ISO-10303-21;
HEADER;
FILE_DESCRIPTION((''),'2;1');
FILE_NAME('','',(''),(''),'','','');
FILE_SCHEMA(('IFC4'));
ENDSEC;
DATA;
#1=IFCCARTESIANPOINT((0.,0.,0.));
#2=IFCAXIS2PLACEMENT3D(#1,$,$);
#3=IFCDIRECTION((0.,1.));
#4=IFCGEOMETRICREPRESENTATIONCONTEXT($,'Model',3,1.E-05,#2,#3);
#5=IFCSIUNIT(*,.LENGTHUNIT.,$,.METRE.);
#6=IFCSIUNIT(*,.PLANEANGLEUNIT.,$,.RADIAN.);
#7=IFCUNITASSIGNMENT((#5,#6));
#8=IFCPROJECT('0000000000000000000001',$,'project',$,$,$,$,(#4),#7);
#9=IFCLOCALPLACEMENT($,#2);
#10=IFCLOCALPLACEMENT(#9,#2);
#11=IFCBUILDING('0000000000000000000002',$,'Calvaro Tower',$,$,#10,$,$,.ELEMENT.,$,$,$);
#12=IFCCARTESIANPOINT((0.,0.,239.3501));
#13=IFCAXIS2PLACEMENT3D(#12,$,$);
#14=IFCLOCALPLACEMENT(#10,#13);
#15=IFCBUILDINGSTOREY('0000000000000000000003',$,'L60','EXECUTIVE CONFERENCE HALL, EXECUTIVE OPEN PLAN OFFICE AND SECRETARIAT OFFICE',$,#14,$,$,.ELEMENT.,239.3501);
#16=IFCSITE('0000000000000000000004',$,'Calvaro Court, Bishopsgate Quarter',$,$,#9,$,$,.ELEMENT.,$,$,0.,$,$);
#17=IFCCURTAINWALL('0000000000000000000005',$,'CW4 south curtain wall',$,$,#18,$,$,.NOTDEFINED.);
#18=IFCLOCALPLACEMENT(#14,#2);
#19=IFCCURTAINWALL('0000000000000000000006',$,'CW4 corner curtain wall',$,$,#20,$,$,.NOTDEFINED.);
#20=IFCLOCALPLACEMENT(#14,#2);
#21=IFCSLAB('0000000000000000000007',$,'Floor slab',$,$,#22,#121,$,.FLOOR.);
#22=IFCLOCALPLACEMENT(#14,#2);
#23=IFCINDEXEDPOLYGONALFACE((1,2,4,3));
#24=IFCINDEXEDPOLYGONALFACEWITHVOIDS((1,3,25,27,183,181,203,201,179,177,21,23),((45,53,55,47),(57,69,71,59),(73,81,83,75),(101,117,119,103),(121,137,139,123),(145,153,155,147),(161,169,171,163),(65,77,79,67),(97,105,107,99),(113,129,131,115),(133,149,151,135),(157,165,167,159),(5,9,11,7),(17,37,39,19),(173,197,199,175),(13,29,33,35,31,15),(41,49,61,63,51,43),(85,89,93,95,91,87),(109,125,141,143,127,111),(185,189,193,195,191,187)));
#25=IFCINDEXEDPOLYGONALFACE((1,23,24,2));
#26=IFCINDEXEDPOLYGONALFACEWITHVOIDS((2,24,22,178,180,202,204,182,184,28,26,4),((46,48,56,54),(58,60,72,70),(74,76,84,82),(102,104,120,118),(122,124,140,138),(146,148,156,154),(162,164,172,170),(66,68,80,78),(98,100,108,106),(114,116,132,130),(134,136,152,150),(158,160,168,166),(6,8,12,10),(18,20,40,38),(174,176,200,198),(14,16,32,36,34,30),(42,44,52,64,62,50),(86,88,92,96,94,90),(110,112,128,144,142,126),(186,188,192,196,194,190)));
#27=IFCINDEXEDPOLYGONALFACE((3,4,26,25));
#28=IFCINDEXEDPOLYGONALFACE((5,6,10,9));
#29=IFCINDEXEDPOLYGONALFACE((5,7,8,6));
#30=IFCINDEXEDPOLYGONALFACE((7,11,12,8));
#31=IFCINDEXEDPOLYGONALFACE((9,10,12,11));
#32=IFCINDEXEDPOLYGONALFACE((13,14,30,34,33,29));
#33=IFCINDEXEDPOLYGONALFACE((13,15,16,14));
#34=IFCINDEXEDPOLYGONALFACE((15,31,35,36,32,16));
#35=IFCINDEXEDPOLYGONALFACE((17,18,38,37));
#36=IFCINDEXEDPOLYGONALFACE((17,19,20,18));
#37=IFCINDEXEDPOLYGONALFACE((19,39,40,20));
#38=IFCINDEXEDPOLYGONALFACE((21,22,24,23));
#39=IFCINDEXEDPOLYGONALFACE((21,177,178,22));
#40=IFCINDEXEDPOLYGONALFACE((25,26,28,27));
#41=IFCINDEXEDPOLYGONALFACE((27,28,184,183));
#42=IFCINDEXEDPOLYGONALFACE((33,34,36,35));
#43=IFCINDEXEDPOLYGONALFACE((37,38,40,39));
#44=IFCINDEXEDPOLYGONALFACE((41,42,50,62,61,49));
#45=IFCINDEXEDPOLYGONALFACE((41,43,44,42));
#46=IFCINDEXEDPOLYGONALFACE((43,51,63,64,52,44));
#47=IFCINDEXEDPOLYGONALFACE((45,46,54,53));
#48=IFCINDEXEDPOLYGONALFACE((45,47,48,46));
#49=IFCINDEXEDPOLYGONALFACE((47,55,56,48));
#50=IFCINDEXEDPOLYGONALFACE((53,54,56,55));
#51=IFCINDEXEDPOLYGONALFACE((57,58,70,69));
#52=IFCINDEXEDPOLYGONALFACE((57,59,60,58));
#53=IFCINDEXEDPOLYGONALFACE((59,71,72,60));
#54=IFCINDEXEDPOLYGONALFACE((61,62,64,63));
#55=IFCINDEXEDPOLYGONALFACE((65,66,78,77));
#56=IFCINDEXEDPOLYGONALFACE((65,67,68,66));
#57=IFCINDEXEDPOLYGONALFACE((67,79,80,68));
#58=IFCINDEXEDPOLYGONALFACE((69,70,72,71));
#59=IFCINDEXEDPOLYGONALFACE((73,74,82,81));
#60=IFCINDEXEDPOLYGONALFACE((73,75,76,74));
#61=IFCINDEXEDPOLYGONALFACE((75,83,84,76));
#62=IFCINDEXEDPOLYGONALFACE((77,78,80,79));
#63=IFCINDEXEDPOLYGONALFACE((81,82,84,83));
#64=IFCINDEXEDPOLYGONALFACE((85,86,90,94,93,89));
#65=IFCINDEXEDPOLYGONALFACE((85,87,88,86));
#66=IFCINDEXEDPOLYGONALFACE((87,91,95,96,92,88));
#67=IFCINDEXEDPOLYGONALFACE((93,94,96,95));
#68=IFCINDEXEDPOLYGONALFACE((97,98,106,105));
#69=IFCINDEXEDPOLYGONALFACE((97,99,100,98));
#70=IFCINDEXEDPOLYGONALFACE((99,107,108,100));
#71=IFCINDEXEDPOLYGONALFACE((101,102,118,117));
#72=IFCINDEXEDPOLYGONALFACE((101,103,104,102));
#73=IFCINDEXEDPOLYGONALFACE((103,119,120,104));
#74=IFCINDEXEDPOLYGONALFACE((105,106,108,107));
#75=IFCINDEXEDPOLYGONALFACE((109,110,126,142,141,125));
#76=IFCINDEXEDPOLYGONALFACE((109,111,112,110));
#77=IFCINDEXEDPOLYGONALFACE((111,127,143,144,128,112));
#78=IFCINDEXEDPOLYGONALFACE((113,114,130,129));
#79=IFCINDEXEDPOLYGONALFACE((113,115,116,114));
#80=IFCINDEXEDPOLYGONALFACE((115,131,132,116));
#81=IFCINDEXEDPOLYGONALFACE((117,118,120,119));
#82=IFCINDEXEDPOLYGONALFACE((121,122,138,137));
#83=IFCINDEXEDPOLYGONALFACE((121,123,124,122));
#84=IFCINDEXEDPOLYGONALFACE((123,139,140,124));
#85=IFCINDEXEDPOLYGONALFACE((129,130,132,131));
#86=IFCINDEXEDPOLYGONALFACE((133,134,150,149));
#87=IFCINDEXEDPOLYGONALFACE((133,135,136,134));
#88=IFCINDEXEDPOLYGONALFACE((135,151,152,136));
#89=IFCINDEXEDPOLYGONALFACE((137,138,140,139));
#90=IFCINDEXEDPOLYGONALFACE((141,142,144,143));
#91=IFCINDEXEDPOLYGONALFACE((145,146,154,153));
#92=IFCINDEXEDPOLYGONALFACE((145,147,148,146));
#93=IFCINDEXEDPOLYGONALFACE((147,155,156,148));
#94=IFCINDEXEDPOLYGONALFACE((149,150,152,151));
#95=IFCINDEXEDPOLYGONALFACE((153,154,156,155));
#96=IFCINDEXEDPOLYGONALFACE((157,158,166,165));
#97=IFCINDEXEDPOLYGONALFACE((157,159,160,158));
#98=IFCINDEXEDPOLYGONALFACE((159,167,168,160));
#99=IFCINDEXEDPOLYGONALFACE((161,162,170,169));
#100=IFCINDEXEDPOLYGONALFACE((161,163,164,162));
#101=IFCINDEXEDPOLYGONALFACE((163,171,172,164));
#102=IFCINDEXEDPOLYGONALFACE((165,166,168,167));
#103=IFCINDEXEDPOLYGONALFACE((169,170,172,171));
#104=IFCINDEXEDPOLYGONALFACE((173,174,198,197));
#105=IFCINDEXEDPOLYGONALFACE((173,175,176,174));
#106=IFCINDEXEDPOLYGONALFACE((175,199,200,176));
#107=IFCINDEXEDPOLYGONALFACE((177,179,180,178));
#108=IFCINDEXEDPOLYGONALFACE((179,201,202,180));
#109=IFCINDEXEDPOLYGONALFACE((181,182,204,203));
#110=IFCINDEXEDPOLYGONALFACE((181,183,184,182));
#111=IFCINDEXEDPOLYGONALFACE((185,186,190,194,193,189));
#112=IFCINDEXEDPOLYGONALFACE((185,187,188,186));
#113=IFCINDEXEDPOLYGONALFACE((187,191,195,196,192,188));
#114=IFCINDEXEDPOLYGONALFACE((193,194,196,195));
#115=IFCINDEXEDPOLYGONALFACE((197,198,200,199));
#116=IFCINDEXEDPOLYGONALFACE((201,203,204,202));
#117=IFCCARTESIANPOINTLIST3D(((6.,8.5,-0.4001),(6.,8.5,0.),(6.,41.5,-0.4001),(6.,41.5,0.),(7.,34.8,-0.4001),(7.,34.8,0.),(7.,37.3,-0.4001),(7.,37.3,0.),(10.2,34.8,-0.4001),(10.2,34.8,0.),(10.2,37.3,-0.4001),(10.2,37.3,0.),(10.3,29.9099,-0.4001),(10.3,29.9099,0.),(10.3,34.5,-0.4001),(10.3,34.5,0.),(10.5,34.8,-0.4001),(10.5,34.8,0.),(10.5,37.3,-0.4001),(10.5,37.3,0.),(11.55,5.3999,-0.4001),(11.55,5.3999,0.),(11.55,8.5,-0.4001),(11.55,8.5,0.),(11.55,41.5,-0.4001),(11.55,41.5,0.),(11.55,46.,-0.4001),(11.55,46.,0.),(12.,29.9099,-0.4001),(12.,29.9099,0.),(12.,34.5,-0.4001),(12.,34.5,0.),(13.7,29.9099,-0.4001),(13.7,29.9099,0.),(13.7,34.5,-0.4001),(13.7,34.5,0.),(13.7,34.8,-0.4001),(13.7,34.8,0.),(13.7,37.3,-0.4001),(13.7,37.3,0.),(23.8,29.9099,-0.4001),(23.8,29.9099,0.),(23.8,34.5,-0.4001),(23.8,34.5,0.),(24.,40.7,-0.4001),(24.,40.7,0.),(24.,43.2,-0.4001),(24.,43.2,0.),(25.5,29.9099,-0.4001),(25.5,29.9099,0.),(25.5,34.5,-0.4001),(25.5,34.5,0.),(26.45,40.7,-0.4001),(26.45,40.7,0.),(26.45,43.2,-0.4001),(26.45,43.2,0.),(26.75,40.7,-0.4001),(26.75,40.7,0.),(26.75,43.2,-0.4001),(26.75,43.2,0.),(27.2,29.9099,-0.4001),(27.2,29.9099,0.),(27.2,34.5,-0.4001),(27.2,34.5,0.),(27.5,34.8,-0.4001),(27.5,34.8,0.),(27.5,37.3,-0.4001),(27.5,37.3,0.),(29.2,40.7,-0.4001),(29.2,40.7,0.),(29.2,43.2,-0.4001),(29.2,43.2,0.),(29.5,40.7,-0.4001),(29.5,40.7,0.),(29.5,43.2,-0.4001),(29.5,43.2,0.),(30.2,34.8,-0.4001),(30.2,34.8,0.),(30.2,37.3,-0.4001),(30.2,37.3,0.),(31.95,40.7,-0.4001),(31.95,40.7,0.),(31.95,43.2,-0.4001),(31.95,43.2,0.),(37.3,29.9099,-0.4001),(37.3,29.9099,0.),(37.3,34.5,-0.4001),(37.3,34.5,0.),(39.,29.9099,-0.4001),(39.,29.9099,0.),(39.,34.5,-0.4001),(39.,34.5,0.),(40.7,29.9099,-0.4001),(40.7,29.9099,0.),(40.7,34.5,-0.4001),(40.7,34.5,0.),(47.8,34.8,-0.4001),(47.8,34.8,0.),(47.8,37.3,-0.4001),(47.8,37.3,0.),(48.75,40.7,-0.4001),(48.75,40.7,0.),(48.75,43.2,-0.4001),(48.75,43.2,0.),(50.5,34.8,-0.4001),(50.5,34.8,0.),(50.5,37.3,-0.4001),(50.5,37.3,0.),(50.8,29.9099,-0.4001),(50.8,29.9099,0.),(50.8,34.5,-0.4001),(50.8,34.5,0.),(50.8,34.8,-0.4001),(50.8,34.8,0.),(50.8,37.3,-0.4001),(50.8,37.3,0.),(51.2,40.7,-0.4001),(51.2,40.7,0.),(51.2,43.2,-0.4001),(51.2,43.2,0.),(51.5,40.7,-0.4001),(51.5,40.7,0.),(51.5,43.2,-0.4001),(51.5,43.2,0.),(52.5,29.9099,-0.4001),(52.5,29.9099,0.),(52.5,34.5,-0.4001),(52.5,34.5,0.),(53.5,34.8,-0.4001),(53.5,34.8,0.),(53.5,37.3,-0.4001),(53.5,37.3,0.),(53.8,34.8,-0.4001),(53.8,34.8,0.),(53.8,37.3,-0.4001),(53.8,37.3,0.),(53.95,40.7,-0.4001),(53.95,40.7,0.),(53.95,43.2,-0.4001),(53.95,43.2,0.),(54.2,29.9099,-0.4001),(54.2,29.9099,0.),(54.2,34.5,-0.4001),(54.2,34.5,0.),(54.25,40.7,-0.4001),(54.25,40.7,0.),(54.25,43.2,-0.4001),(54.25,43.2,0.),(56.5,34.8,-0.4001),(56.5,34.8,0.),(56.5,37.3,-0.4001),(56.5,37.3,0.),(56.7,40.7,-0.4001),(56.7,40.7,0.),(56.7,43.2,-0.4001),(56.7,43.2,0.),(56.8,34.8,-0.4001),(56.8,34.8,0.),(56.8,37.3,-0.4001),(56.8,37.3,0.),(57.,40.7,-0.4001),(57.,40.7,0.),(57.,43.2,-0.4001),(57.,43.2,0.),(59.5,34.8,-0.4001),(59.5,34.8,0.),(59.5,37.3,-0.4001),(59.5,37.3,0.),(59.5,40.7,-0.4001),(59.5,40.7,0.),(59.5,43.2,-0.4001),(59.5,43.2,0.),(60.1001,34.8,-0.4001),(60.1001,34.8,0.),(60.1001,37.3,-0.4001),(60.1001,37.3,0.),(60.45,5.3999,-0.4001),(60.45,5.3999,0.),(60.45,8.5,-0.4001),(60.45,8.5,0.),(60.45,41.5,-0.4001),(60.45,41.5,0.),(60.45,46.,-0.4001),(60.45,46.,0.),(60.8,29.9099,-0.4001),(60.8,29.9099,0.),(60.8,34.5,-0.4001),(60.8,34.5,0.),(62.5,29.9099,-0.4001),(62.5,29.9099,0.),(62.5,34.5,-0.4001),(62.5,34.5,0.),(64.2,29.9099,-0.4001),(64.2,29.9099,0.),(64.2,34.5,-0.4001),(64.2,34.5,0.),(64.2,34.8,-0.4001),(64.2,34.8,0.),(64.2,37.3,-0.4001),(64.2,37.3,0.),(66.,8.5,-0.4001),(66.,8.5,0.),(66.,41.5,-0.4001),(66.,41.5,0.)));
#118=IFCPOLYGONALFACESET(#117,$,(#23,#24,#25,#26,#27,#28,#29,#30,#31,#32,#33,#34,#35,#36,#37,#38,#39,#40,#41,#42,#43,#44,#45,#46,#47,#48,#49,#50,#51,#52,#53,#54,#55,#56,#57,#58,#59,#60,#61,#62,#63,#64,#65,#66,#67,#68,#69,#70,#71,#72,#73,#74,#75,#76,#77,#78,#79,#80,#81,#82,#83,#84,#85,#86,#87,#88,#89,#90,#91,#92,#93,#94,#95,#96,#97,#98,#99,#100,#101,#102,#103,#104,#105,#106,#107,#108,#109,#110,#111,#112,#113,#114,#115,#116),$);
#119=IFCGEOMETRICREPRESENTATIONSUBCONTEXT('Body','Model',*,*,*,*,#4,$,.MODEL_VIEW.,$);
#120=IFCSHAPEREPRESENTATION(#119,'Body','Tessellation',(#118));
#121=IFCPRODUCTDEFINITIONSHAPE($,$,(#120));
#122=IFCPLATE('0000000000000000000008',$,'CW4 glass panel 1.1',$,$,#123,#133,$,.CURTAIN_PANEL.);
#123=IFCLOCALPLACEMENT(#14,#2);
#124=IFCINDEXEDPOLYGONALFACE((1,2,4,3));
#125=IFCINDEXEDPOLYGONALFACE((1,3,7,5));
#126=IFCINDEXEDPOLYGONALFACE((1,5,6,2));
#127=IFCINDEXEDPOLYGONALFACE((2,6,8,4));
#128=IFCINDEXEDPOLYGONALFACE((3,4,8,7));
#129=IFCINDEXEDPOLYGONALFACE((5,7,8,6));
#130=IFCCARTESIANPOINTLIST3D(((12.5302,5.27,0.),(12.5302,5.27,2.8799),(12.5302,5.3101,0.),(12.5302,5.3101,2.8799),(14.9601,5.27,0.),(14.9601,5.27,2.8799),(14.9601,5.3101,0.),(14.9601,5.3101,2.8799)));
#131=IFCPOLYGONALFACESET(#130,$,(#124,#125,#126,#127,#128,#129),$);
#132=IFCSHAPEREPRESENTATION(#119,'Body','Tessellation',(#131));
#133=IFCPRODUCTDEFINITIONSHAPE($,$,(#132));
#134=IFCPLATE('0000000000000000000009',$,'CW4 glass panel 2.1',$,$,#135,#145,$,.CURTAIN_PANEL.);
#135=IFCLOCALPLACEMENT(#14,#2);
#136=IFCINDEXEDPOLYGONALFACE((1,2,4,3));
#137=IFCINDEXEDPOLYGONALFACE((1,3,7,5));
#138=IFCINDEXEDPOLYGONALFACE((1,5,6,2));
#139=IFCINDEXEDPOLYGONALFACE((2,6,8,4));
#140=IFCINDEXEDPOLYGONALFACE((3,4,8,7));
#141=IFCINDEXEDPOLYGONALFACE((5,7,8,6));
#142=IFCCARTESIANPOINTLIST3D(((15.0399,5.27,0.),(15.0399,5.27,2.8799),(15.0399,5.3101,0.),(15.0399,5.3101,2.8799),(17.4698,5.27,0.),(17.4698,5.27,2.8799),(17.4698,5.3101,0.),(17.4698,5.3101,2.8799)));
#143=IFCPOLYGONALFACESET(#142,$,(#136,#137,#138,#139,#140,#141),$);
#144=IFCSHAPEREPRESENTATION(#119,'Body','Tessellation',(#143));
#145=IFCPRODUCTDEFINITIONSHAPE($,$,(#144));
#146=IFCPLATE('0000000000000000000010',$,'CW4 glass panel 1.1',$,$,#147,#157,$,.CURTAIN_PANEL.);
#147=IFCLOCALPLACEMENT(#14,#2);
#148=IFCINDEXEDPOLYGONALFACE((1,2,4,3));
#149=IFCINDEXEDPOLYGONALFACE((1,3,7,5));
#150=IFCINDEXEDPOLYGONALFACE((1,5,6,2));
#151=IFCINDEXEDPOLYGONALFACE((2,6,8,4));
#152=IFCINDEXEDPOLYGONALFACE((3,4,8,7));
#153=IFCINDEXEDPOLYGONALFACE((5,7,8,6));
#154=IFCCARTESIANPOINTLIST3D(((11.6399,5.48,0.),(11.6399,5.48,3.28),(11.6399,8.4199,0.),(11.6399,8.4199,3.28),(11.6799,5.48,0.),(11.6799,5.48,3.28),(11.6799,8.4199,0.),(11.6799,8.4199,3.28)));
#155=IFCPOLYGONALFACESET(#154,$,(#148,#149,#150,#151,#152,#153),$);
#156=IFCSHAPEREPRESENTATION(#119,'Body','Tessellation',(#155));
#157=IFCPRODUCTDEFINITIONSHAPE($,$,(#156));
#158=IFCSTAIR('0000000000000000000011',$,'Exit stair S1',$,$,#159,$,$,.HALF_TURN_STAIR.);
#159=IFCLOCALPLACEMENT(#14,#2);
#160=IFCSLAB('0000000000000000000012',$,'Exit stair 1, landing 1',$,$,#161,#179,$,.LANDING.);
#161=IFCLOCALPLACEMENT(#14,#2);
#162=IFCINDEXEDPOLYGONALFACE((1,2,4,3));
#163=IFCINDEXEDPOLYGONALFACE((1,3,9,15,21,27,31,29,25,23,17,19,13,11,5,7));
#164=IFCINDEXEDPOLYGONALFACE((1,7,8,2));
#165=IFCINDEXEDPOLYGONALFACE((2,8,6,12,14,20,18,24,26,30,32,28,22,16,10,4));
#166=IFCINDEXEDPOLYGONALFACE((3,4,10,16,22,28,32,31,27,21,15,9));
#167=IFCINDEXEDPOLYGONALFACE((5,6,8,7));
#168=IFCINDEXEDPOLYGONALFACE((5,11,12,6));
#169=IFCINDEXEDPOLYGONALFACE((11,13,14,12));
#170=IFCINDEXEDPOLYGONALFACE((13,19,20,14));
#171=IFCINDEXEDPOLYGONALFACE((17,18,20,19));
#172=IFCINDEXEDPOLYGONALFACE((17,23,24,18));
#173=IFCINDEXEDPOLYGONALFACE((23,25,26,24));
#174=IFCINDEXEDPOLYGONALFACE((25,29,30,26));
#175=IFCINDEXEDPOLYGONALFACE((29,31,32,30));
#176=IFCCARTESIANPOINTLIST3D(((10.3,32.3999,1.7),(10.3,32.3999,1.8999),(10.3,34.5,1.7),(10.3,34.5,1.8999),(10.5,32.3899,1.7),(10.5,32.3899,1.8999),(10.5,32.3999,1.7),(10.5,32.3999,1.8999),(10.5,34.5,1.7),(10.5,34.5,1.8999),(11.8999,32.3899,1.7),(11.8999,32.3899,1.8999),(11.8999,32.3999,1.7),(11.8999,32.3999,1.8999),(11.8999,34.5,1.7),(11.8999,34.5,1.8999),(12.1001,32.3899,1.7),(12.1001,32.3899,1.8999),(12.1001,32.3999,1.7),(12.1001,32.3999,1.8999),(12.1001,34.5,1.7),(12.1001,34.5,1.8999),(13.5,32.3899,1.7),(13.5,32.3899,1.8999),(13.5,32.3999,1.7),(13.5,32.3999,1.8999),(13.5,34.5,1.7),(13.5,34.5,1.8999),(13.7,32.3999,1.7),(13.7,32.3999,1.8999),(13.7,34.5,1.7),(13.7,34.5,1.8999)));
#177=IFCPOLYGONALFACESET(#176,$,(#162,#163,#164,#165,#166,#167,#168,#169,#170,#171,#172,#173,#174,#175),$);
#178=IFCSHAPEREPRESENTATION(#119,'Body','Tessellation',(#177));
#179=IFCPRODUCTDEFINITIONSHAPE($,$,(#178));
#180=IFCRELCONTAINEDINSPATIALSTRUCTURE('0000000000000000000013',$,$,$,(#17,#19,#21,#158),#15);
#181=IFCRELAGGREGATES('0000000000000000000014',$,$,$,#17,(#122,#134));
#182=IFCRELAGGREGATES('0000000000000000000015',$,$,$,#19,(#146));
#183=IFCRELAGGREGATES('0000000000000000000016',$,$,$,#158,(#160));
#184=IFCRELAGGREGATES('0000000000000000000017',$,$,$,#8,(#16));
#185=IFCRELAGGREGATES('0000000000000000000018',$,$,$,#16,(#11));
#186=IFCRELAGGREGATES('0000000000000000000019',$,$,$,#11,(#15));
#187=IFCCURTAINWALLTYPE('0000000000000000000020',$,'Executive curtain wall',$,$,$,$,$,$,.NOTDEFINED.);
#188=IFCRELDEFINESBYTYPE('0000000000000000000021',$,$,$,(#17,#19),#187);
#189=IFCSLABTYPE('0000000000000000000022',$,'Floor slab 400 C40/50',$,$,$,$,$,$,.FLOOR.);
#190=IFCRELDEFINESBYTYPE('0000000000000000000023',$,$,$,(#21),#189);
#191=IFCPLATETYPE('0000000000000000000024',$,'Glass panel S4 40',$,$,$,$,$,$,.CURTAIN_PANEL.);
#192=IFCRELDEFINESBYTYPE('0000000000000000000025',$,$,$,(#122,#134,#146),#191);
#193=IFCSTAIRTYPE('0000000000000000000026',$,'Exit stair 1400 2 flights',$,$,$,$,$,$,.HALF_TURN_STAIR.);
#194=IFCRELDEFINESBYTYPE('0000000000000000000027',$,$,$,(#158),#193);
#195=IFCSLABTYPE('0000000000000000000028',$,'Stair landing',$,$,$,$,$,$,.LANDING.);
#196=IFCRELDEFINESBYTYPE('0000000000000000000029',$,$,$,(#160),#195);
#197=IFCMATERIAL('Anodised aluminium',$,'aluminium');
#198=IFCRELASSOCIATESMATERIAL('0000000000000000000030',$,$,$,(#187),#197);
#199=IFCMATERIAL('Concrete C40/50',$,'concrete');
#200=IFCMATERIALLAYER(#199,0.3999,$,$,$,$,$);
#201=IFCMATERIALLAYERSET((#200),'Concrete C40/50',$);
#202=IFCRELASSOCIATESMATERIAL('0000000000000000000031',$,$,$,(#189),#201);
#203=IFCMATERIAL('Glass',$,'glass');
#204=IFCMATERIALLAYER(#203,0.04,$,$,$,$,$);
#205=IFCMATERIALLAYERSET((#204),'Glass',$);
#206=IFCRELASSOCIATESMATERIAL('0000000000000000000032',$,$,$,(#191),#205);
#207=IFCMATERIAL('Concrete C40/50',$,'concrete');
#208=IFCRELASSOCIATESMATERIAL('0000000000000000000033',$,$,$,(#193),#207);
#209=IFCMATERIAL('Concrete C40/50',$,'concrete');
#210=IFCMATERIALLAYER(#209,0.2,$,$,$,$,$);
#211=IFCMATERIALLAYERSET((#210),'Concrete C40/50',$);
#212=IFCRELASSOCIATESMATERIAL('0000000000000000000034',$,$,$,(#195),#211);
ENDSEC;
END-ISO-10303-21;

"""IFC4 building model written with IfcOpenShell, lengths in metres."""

from ifc_helpers import new_model, si_unit, direction, frame, origin, origin_2d, place, context, subcontext, project, spatial, polyline, rectangle, outline, extrude, material, layer, layer_set, type_object, element, aggregate, save


model = new_model("IFC4")

# Units and contexts
model_context = context("Model", 3, precision=1e-05, world=origin(), true_north=direction((0.0, 1.0)))
body_context = subcontext(model_context, "Body", "Model", "MODEL_VIEW")
ifc_project = project(units=[si_unit("LENGTHUNIT", "METRE"), si_unit("PLANEANGLEUNIT", "RADIAN")], contexts=[model_context])

# Site, building, storey
site_placement = place(None, origin())
site = spatial("IfcSite", under=ifc_project, at=site_placement, Name="Calvaro Court, Bishopsgate Quarter", CompositionType="ELEMENT", RefElevation=0.0)
building_placement = place(site_placement, origin())
building = spatial("IfcBuilding", under=site, at=building_placement, Name="Calvaro Tower", CompositionType="ELEMENT")
storey_placement = place(building_placement, frame((0.0, 0.0, 239.3501)))
storey = spatial("IfcBuildingStorey", under=building, at=storey_placement, Name="L60", Description="EXECUTIVE CONFERENCE HALL, EXECUTIVE OPEN PLAN OFFICE AND SECRETARIAT OFFICE", CompositionType="ELEMENT", Elevation=239.3501)

# Curtain walls
ifc_material_1 = material(Name="Anodised aluminium", Category="aluminium")
curtain_wall_type = type_object("IfcCurtainWallType", Name="Executive curtain wall", PredefinedType="NOTDEFINED", material=ifc_material_1)
curtain_wall_1_placement = place(storey_placement, origin())
curtain_wall_1 = element("IfcCurtainWall", 1, at=curtain_wall_1_placement, inside=storey, type_object=curtain_wall_type, Name="CW4 south curtain wall", PredefinedType="NOTDEFINED")
curtain_wall_2_placement = place(storey_placement, origin())
curtain_wall_2 = element("IfcCurtainWall", 2, at=curtain_wall_2_placement, inside=storey, type_object=curtain_wall_type, Name="CW4 corner curtain wall", PredefinedType="NOTDEFINED")

# Slab
ifc_material_2 = material(Name="Concrete C40/50", Category="concrete")
ifc_layer_1 = layer(ifc_material_2, 0.3999)
ifc_layer_set_1 = layer_set([ifc_layer_1], Name="Concrete C40/50")
slab_type_1 = type_object("IfcSlabType", Name="Floor slab 400 C40/50", PredefinedType="FLOOR", material=ifc_layer_set_1)
slab_1_placement = place(storey_placement, frame((0.0, 0.0, -0.4001)))
element("IfcSlab", 3, at=slab_1_placement, inside=storey, type_object=slab_type_1, Name="Floor slab", PredefinedType="FLOOR", context=body_context, shape_type="SweptSolid", body=[
    extrude(outline(polyline([(60.45, 8.5), (60.45, 5.3999), (11.55, 5.3999), (11.55, 8.5), (6.0, 8.5), (6.0, 41.5), (11.55, 41.5), (11.55, 46.0), (60.45, 46.0), (60.45, 41.5), (66.0, 41.5), (66.0, 8.5), (60.45, 8.5)]), holes=[polyline([(10.3, 29.9099), (10.3, 34.5), (12.0, 34.5), (13.7, 34.5), (13.7, 29.9099), (12.0, 29.9099), (10.3, 29.9099)]), polyline([(23.8, 29.9099), (23.8, 34.5), (25.5, 34.5), (27.2, 34.5), (27.2, 29.9099), (25.5, 29.9099), (23.8, 29.9099)]), polyline([(37.3, 29.9099), (37.3, 34.5), (39.0, 34.5), (40.7, 34.5), (40.7, 29.9099), (39.0, 29.9099), (37.3, 29.9099)]), polyline([(50.8, 29.9099), (50.8, 34.5), (52.5, 34.5), (54.2, 34.5), (54.2, 29.9099), (52.5, 29.9099), (50.8, 29.9099)]), polyline([(60.8, 29.9099), (60.8, 34.5), (62.5, 34.5), (64.2, 34.5), (64.2, 29.9099), (62.5, 29.9099), (60.8, 29.9099)]), polyline([(50.8, 34.8), (53.5, 34.8), (53.5, 37.3), (50.8, 37.3), (50.8, 34.8)]), polyline([(53.8, 34.8), (56.5, 34.8), (56.5, 37.3), (53.8, 37.3), (53.8, 34.8)]), polyline([(56.8, 34.8), (59.5, 34.8), (59.5, 37.3), (56.8, 37.3), (56.8, 34.8)]), polyline([(24.0, 40.7), (26.45, 40.7), (26.45, 43.2), (24.0, 43.2), (24.0, 40.7)]), polyline([(26.75, 40.7), (29.2, 40.7), (29.2, 43.2), (26.75, 43.2), (26.75, 40.7)]), polyline([(29.5, 40.7), (31.95, 40.7), (31.95, 43.2), (29.5, 43.2), (29.5, 40.7)]), polyline([(48.75, 40.7), (51.2, 40.7), (51.2, 43.2), (48.75, 43.2), (48.75, 40.7)]), polyline([(51.5, 40.7), (53.95, 40.7), (53.95, 43.2), (51.5, 43.2), (51.5, 40.7)]), polyline([(54.25, 40.7), (56.7, 40.7), (56.7, 43.2), (54.25, 43.2), (54.25, 40.7)]), polyline([(57.0, 40.7), (59.5, 40.7), (59.5, 43.2), (57.0, 43.2), (57.0, 40.7)]), polyline([(7.0, 34.8), (10.2, 34.8), (10.2, 37.3), (7.0, 37.3), (7.0, 34.8)]), polyline([(10.5, 34.8), (13.7, 34.8), (13.7, 37.3), (10.5, 37.3), (10.5, 34.8)]), polyline([(60.1001, 34.8), (64.2, 34.8), (64.2, 37.3), (60.1001, 37.3), (60.1001, 34.8)]), polyline([(27.5, 34.8), (30.2, 34.8), (30.2, 37.3), (27.5, 37.3), (27.5, 34.8)]), polyline([(47.8, 34.8), (50.5, 34.8), (50.5, 37.3), (47.8, 37.3), (47.8, 34.8)])]), origin(), (0.0, 0.0, 1.0), 0.4001),
])

# Plates
ifc_material_3 = material(Name="Glass", Category="glass")
ifc_layer_2 = layer(ifc_material_3, 0.04)
ifc_layer_set_2 = layer_set([ifc_layer_2], Name="Glass")
plate_type = type_object("IfcPlateType", Name="Glass panel S4 40", PredefinedType="CURTAIN_PANEL", material=ifc_layer_set_2)
plate_1_placement = place(storey_placement, frame((13.7451, 5.29, 0.0), z_axis=(0.0, 0.0, 1.0), x_axis=(1.0, 0.0, 0.0)))
plate_1 = element("IfcPlate", 4, at=plate_1_placement, type_object=plate_type, Name="CW4 glass panel 1.1", PredefinedType="CURTAIN_PANEL", context=body_context, shape_type="SweptSolid", body=[
    extrude(rectangle(XDim=2.4299, YDim=0.04, at=origin_2d()), origin(), (0.0, 0.0, 1.0), 2.8799),
])
plate_2_placement = place(storey_placement, frame((16.2549, 5.29, 0.0), z_axis=(0.0, 0.0, 1.0), x_axis=(1.0, 0.0, 0.0)))
plate_2 = element("IfcPlate", 5, at=plate_2_placement, type_object=plate_type, Name="CW4 glass panel 2.1", PredefinedType="CURTAIN_PANEL", context=body_context, shape_type="SweptSolid", body=[
    extrude(rectangle(XDim=2.4299, YDim=0.04, at=origin_2d()), origin(), (0.0, 0.0, 1.0), 2.8799),
])
aggregate(curtain_wall_1, [plate_1, plate_2])
plate_3_placement = place(storey_placement, frame((11.6599, 6.95, 0.0), z_axis=(0.0, 0.0, 1.0), x_axis=(0.0, 1.0, 0.0)))
plate_3 = element("IfcPlate", 6, at=plate_3_placement, type_object=plate_type, Name="CW4 glass panel 1.1", PredefinedType="CURTAIN_PANEL", context=body_context, shape_type="SweptSolid", body=[
    extrude(rectangle(XDim=2.9399, YDim=0.04, at=origin_2d()), origin(), (0.0, 0.0, 1.0), 3.28),
])
aggregate(curtain_wall_2, [plate_3])

# Stair, slab
ifc_material_4 = material(Name="Concrete C40/50", Category="concrete")
stair_type = type_object("IfcStairType", Name="Exit stair 1400 2 flights", PredefinedType="HALF_TURN_STAIR", material=ifc_material_4)
stair_1_placement = place(storey_placement, origin())
stair_1 = element("IfcStair", 7, at=stair_1_placement, inside=storey, type_object=stair_type, Name="Exit stair S1", PredefinedType="HALF_TURN_STAIR")
ifc_material_5 = material(Name="Concrete C40/50", Category="concrete")
ifc_layer_3 = layer(ifc_material_5, 0.2)
ifc_layer_set_3 = layer_set([ifc_layer_3], Name="Concrete C40/50")
slab_type_2 = type_object("IfcSlabType", Name="Stair landing", PredefinedType="LANDING", material=ifc_layer_set_3)
slab_2_placement = place(storey_placement, frame((0.0, 0.0, 1.7)))
slab_2 = element("IfcSlab", 8, at=slab_2_placement, type_object=slab_type_2, Name="Exit stair 1, landing 1", PredefinedType="LANDING", context=body_context, shape_type="SweptSolid", body=[
    extrude(outline(polyline([(11.8999, 32.3899), (10.5, 32.3899), (10.5, 32.3999), (10.3, 32.3999), (10.3, 34.5), (10.5, 34.5), (11.8999, 34.5), (12.1001, 34.5), (13.5, 34.5), (13.7, 34.5), (13.7, 32.3999), (13.5, 32.3999), (13.5, 32.3899), (12.1001, 32.3899), (12.1001, 32.3999), (11.8999, 32.3999), (11.8999, 32.3899)])), origin(), (0.0, 0.0, 1.0), 0.2),
])
aggregate(stair_1, [slab_2])

save(model, "model.ifc")
